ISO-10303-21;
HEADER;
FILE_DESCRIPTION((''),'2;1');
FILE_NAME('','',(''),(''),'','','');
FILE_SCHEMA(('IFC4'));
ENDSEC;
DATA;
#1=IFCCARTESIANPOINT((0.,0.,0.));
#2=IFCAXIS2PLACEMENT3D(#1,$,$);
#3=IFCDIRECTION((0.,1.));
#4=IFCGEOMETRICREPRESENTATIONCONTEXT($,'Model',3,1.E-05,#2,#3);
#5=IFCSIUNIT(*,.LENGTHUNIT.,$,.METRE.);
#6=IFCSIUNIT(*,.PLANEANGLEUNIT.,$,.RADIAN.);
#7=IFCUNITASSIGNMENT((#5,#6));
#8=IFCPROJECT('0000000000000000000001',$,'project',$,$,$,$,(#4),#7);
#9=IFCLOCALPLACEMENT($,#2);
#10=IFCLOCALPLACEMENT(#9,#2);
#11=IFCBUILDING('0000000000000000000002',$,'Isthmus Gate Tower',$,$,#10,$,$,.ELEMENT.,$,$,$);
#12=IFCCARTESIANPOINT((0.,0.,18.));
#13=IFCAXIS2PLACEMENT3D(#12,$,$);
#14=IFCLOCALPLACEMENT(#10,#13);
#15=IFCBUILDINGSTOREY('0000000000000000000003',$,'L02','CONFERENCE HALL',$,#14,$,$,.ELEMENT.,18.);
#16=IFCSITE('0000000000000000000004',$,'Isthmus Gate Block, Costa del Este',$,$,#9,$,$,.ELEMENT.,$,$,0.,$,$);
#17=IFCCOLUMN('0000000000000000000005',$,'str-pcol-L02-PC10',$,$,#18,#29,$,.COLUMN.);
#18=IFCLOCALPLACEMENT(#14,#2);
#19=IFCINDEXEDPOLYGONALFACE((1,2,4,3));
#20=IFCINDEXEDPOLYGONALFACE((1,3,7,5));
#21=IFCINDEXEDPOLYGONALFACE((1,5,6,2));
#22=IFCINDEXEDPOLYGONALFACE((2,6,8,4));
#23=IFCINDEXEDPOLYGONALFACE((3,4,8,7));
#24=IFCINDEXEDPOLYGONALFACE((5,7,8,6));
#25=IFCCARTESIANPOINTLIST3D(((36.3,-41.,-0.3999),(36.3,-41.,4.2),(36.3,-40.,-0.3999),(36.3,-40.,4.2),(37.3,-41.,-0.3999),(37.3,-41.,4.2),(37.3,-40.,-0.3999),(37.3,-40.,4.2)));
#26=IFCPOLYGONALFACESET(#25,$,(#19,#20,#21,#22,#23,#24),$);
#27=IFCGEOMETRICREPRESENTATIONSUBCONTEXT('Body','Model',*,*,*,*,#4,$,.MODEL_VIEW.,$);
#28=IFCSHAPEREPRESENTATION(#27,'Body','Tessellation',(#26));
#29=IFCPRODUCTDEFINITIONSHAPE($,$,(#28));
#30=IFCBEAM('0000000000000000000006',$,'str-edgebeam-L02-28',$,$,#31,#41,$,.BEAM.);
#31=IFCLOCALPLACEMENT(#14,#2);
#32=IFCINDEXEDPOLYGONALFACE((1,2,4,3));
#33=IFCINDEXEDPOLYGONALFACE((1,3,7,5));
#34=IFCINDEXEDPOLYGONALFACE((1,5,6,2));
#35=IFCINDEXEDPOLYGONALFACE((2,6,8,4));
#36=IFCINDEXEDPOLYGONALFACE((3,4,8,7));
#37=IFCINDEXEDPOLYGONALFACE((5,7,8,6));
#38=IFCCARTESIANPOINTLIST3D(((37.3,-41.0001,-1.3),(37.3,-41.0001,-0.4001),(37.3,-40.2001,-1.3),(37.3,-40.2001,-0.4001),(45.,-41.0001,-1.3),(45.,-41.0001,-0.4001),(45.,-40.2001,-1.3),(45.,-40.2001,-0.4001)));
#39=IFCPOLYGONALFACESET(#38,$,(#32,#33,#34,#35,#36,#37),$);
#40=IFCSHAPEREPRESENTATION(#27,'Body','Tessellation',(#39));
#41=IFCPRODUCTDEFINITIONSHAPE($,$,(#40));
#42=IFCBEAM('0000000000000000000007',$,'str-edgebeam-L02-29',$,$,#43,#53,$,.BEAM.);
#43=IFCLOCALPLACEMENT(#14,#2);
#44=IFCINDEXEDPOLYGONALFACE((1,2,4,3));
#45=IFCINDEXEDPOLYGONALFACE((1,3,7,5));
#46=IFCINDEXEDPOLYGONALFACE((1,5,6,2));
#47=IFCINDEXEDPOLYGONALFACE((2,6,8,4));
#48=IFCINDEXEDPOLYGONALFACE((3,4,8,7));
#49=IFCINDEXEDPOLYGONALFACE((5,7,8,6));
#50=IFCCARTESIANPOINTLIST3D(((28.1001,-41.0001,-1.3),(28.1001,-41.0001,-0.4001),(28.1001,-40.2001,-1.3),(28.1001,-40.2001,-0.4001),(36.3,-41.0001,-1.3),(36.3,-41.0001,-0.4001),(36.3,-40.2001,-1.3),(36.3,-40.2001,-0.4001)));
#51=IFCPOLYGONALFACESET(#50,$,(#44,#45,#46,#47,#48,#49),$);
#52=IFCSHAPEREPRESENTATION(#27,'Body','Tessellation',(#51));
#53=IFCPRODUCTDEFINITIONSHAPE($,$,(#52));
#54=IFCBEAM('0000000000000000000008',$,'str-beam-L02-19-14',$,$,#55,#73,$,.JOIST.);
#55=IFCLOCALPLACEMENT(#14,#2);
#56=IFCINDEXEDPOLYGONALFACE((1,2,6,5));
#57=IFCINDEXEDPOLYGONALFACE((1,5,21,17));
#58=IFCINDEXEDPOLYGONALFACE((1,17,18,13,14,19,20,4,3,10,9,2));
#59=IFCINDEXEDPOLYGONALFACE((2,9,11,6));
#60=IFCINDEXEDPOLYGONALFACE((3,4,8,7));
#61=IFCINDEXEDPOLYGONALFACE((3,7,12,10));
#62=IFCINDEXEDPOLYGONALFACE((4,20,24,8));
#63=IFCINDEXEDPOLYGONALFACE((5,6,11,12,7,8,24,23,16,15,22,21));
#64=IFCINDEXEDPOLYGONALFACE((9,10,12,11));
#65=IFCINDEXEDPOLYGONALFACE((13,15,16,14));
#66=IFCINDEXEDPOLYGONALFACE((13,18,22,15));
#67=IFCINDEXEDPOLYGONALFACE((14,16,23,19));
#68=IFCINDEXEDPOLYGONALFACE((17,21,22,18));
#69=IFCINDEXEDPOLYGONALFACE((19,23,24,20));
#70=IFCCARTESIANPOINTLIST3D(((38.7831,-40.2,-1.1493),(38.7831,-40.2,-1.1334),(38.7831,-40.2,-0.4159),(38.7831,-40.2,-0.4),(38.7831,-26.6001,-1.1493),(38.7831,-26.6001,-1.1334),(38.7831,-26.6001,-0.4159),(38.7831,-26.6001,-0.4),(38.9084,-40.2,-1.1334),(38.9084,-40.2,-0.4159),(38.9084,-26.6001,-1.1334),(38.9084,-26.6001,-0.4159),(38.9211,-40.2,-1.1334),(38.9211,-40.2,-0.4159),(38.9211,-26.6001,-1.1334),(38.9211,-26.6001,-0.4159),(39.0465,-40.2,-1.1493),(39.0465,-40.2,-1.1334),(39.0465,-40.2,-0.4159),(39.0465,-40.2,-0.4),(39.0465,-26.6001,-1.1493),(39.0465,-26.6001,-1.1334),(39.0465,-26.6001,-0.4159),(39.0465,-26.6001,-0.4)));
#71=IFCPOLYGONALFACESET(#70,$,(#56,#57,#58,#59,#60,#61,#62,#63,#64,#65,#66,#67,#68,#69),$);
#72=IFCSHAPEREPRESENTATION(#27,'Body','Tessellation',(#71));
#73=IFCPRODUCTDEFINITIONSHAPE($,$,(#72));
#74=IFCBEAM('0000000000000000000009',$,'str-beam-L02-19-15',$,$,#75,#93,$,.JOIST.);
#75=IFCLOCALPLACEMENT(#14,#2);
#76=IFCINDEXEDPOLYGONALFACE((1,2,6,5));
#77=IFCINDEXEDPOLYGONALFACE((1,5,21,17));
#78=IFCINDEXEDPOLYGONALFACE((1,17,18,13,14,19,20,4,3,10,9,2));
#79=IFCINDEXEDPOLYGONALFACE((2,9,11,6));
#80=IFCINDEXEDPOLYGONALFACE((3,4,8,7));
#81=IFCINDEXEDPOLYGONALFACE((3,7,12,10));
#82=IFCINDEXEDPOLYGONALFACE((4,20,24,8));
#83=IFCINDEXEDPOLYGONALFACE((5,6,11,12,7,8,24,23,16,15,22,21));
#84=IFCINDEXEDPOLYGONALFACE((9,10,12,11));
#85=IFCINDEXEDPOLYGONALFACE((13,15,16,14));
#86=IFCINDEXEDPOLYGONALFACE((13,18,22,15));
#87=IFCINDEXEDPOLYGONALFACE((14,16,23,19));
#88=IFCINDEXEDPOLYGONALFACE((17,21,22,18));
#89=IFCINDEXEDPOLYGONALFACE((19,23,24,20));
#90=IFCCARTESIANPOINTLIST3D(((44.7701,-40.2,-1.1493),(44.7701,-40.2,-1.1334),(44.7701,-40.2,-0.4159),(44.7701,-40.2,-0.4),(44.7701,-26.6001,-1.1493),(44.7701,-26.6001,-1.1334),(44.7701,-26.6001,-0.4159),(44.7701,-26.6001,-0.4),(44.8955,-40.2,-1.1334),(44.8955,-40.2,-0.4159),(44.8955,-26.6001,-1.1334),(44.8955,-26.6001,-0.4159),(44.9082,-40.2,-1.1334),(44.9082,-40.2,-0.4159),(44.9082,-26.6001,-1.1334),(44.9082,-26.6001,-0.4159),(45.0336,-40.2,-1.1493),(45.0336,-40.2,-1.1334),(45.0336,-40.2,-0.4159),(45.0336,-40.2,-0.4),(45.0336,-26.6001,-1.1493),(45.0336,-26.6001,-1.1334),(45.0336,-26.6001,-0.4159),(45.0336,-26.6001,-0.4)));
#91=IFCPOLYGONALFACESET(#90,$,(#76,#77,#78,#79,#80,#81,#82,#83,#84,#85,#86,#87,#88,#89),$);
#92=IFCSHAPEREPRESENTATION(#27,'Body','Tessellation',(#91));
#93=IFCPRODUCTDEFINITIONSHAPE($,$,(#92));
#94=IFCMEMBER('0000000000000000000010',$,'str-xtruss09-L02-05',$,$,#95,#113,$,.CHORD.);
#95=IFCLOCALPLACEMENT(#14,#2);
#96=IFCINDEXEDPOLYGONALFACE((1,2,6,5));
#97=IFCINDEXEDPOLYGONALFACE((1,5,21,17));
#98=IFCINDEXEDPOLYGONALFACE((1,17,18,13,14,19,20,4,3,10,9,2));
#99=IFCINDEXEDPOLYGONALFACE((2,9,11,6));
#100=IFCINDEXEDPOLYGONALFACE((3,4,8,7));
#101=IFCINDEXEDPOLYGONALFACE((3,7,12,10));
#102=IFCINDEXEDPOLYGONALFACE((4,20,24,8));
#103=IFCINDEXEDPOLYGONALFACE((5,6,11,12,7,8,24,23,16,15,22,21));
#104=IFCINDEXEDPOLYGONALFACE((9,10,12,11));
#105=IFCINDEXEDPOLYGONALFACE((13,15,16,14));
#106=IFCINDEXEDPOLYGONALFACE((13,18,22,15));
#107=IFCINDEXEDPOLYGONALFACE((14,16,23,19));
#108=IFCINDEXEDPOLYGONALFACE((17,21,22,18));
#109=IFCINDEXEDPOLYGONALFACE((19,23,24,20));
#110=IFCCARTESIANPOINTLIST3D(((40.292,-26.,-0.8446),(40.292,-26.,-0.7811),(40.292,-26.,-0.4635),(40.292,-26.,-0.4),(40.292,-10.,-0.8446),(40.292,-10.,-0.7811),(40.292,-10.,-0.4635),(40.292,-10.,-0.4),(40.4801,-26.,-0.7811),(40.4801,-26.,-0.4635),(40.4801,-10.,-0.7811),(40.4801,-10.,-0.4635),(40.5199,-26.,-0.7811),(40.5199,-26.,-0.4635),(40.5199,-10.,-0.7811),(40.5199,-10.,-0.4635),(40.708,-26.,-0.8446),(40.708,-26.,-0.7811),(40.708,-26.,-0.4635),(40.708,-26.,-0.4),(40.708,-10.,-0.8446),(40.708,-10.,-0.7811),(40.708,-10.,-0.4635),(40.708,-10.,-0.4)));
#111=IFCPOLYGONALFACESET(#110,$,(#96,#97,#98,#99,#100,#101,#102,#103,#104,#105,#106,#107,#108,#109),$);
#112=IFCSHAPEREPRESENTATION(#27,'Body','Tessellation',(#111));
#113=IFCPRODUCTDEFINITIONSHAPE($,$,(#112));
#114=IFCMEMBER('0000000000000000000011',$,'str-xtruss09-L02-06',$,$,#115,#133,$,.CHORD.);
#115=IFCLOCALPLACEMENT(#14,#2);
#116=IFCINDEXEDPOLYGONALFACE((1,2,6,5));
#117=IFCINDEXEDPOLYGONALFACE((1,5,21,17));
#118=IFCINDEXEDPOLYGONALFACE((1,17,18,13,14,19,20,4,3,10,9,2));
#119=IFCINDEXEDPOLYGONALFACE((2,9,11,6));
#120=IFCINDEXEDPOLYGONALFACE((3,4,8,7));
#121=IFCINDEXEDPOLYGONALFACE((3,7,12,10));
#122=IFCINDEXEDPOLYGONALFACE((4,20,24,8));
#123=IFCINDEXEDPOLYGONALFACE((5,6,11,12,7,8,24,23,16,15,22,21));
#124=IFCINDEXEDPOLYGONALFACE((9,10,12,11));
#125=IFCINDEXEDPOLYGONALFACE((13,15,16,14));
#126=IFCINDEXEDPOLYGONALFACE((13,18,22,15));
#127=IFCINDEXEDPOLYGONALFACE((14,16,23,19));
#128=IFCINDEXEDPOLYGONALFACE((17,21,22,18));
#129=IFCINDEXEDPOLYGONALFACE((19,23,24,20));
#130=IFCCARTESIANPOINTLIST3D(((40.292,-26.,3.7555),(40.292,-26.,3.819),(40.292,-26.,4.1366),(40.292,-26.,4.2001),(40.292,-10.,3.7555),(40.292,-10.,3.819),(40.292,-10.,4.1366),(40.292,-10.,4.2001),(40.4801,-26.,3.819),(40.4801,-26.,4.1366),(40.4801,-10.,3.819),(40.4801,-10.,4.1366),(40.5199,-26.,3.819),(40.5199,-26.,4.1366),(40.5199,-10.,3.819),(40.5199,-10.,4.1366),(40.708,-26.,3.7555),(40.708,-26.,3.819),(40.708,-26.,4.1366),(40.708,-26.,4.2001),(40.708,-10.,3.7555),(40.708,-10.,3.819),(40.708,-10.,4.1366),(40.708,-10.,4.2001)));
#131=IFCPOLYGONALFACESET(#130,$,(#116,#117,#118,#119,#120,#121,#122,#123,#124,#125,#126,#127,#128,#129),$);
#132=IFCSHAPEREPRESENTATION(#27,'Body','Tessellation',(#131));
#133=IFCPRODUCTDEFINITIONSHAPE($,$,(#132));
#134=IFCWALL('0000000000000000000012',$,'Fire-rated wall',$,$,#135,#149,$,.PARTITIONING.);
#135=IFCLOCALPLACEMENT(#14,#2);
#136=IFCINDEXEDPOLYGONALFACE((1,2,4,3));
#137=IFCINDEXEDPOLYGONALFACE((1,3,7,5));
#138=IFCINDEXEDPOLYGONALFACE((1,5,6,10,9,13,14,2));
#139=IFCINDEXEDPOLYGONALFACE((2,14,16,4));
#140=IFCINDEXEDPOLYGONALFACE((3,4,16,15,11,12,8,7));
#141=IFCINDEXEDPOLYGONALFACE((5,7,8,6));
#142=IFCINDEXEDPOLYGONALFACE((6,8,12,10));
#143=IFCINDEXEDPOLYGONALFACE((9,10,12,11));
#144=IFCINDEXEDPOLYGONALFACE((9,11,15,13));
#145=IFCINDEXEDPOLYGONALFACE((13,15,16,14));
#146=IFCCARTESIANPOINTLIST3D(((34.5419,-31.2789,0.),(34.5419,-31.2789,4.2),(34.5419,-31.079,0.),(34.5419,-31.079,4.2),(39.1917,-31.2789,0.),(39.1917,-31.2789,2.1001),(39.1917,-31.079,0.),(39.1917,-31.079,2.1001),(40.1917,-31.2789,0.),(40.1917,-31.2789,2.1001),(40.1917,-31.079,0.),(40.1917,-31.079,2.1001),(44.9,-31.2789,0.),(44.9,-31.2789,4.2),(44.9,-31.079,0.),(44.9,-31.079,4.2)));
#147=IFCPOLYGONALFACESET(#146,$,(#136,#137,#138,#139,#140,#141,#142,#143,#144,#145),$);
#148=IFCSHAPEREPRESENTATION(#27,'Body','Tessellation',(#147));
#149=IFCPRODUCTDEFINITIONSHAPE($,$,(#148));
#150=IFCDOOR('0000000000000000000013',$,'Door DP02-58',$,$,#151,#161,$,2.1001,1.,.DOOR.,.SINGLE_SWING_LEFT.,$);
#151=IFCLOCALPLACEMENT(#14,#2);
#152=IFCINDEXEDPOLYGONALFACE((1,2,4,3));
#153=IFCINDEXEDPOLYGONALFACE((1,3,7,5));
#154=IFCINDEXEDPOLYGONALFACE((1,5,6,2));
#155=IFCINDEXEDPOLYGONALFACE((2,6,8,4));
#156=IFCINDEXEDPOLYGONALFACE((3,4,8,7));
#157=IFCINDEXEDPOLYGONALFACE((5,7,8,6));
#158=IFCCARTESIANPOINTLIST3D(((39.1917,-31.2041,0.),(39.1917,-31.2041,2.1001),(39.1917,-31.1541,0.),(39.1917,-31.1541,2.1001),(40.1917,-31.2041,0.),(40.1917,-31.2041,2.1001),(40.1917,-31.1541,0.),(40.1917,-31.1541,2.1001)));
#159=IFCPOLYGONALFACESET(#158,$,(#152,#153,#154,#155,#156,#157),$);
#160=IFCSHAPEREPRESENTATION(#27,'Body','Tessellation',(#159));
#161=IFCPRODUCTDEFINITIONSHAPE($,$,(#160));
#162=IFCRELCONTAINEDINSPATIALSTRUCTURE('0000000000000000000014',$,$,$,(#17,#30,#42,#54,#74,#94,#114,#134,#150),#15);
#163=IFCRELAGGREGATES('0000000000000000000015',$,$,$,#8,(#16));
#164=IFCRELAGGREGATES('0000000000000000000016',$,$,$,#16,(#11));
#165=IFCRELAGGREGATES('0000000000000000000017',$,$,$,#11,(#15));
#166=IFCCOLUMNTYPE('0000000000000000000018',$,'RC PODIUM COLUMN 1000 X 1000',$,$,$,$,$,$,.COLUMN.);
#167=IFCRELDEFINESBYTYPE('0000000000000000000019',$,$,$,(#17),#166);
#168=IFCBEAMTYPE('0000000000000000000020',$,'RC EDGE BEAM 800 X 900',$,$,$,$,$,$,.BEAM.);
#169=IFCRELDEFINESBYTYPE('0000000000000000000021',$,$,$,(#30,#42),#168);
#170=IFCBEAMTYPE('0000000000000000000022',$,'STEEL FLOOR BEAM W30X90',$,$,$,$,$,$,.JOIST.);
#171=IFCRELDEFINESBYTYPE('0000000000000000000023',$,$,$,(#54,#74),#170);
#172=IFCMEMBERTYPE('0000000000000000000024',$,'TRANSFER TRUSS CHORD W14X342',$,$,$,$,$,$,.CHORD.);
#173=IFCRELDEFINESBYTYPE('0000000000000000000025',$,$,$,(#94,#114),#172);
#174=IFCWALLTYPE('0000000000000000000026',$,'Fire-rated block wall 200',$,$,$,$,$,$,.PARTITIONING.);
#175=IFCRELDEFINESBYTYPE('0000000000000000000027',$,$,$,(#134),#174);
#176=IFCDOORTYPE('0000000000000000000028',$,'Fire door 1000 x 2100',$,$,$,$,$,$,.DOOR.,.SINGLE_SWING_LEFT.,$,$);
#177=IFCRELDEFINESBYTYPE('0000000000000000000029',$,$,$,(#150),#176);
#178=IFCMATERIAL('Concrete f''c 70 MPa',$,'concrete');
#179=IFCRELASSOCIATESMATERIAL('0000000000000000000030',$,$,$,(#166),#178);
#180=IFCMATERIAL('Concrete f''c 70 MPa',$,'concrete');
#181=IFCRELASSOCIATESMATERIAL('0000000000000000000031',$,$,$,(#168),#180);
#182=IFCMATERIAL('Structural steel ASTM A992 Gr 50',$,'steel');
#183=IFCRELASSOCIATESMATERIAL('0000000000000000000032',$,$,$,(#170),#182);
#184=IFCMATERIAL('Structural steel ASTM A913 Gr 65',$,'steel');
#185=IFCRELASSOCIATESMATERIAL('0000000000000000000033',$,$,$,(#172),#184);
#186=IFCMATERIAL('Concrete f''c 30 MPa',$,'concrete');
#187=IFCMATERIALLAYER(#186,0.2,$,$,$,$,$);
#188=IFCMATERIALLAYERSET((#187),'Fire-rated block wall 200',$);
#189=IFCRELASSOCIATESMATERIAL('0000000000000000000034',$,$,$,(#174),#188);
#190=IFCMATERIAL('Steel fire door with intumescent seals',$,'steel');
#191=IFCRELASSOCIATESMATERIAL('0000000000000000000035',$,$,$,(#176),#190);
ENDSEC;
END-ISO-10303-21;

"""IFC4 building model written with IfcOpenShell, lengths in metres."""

from ifc_helpers import new_model, si_unit, direction, frame, frame_2d, origin, origin_2d, place, context, subcontext, project, spatial, rectangle, i_section, extrude, material, layer, layer_set, material_profile, profile_set, type_object, element, fill, save


model = new_model("IFC4")

# Units and contexts
model_context = context("Model", 3, precision=1e-05, world=origin(), true_north=direction((0.0, 1.0)))
body_context = subcontext(model_context, "Body", "Model", "MODEL_VIEW")
ifc_project = project(units=[si_unit("LENGTHUNIT", "METRE"), si_unit("PLANEANGLEUNIT", "RADIAN")], contexts=[model_context])

# Site, building, storey
site_placement = place(None, origin())
site = spatial("IfcSite", under=ifc_project, at=site_placement, Name="Isthmus Gate Block, Costa del Este", CompositionType="ELEMENT", RefElevation=0.0)
building_placement = place(site_placement, origin())
building = spatial("IfcBuilding", under=site, at=building_placement, Name="Isthmus Gate Tower", CompositionType="ELEMENT")
storey_placement = place(building_placement, frame((0.0, 0.0, 18.0)))
storey = spatial("IfcBuildingStorey", under=building, at=storey_placement, Name="L02", Description="CONFERENCE HALL", CompositionType="ELEMENT", Elevation=18.0)

# Column
ifc_material_1 = material(Name="Concrete f'c 70 MPa", Category="concrete")
ifc_material_profile_1 = material_profile(ifc_material_1, rectangle(XDim=1.0, YDim=1.0, at=origin_2d()), Name="RC 1000X1000")
ifc_profile_set_1 = profile_set([ifc_material_profile_1], Name="Concrete f'c 70 MPa")
column_type = type_object("IfcColumnType", Name="RC PODIUM COLUMN 1000 X 1000", PredefinedType="COLUMN", material=ifc_profile_set_1)
column_placement = place(storey_placement, frame((36.8, -40.5, -0.3999), z_axis=(0.0, 0.0, 1.0), x_axis=(1.0, 0.0, 0.0)))
element("IfcColumn", 1, at=column_placement, inside=storey, type_object=column_type, Name="str-pcol-L02-PC10", PredefinedType="COLUMN", context=body_context, shape_type="SweptSolid", body=[
    extrude(rectangle(XDim=1.0, YDim=1.0, at=origin_2d()), origin(), (0.0, 0.0, 1.0), 4.5999),
])

# Beams
ifc_material_2 = material(Name="Concrete f'c 70 MPa", Category="concrete")
ifc_material_profile_2 = material_profile(ifc_material_2, rectangle(XDim=0.8, YDim=0.8999, at=origin_2d()), Name="RC 800X900")
ifc_profile_set_2 = profile_set([ifc_material_profile_2], Name="Concrete f'c 70 MPa")
beam_type_1 = type_object("IfcBeamType", Name="RC EDGE BEAM 800 X 900", PredefinedType="BEAM", material=ifc_profile_set_2)
beam_1_placement = place(storey_placement, frame((45.0, -40.6001, -0.8501), z_axis=(-1.0, 0.0, 0.0), x_axis=(0.0, -1.0, 0.0)))
element("IfcBeam", 2, at=beam_1_placement, inside=storey, type_object=beam_type_1, Name="str-edgebeam-L02-28", PredefinedType="BEAM", context=body_context, shape_type="SweptSolid", body=[
    extrude(rectangle(XDim=0.8, YDim=0.8999, at=origin_2d()), origin(), (0.0, 0.0, 1.0), 7.7),
])
beam_2_placement = place(storey_placement, frame((36.3, -40.6001, -0.8501), z_axis=(-1.0, 0.0, 0.0), x_axis=(0.0, -1.0, 0.0)))
element("IfcBeam", 3, at=beam_2_placement, inside=storey, type_object=beam_type_1, Name="str-edgebeam-L02-29", PredefinedType="BEAM", context=body_context, shape_type="SweptSolid", body=[
    extrude(rectangle(XDim=0.8, YDim=0.8999, at=origin_2d()), origin(), (0.0, 0.0, 1.0), 8.2),
])
ifc_material_3 = material(Name="Structural steel ASTM A992 Gr 50", Category="steel")
ifc_material_profile_3 = material_profile(ifc_material_3, i_section(OverallWidth=0.2634, OverallDepth=0.7493, WebThickness=0.0127, FlangeThickness=0.0159, at=origin_2d()), Name="W30X90")
ifc_profile_set_3 = profile_set([ifc_material_profile_3], Name="Structural steel ASTM A992 Gr 50")
beam_type_2 = type_object("IfcBeamType", Name="STEEL FLOOR BEAM W30X90", PredefinedType="JOIST", material=ifc_profile_set_3)
for number, where, z_axis, x_axis, name in (
    (4, (38.9148, -40.2, -0.7747), (0.0, 1.0, 0.0), (-1.0, 0.0, 0.0), "str-beam-L02-19-14"),
    (5, (44.9019, -40.2, -0.7747), (0.0, 1.0, 0.0), (-1.0, 0.0, 0.0), "str-beam-L02-19-15"),
):
    element("IfcBeam", number, at=place(storey_placement, frame(where, z_axis=z_axis, x_axis=x_axis)), inside=storey, type_object=beam_type_2, Name=name, PredefinedType="JOIST", context=body_context, shape_type="SweptSolid", body=[
        extrude(i_section(OverallWidth=0.2634, OverallDepth=0.7493, WebThickness=0.0127, FlangeThickness=0.0159, at=origin_2d()), origin(), (0.0, 0.0, 1.0), 13.5999),
    ])

# Members
ifc_material_4 = material(Name="Structural steel ASTM A913 Gr 65", Category="steel")
ifc_material_profile_4 = material_profile(ifc_material_4, i_section(OverallWidth=0.416, OverallDepth=0.4446, WebThickness=0.0398, FlangeThickness=0.0635, at=origin_2d()), Name="W14X342")
ifc_profile_set_4 = profile_set([ifc_material_profile_4], Name="Structural steel ASTM A913 Gr 65")
member_type = type_object("IfcMemberType", Name="TRANSFER TRUSS CHORD W14X342", PredefinedType="CHORD", material=ifc_profile_set_4)
for number, where, z_axis, x_axis, name in (
    (6, (40.5, -26.0, -0.6223), (0.0, 1.0, 0.0), (-1.0, 0.0, 0.0), "str-xtruss09-L02-05"),
    (7, (40.5, -26.0, 3.9778), (0.0, 1.0, 0.0), (-1.0, 0.0, 0.0), "str-xtruss09-L02-06"),
):
    element("IfcMember", number, at=place(storey_placement, frame(where, z_axis=z_axis, x_axis=x_axis)), inside=storey, type_object=member_type, Name=name, PredefinedType="CHORD", context=body_context, shape_type="SweptSolid", body=[
        extrude(i_section(OverallWidth=0.416, OverallDepth=0.4446, WebThickness=0.0398, FlangeThickness=0.0635, at=origin_2d()), origin(), (0.0, 0.0, 1.0), 16.0),
    ])

# Wall, opening, door
ifc_material_5 = material(Name="Concrete f'c 30 MPa", Category="concrete")
ifc_layer_1 = layer(ifc_material_5, 0.2)
ifc_layer_set_1 = layer_set([ifc_layer_1], Name="Fire-rated block wall 200")
wall_type_1 = type_object("IfcWallType", Name="Fire-rated block wall 200", PredefinedType="PARTITIONING", material=ifc_layer_set_1)
wall_1_placement = place(storey_placement, frame((34.5417, -31.179, 0.0), z_axis=(0.0, 0.0, 1.0), x_axis=(1.0, 0.0, 0.0)))
wall_1 = element("IfcWall", 8, at=wall_1_placement, inside=storey, type_object=wall_type_1, Name="Fire-rated wall", PredefinedType="PARTITIONING", context=body_context, shape_type="SweptSolid", body=[
    extrude(rectangle(XDim=10.3582, YDim=0.2, at=frame_2d((5.1792, 0.0))), origin(), (0.0, 0.0, 1.0), 4.2),
])
opening_1_placement = place(wall_1_placement, frame((4.6499, 0.0, 0.0)))
opening_1 = element("IfcOpeningElement", 9, at=opening_1_placement, cuts=wall_1, PredefinedType="OPENING", context=body_context, shape_type="SweptSolid", body=[
    extrude(rectangle(XDim=1.0, YDim=2.1001, at=frame_2d((0.5, 1.05))), frame((0.0, 0.1099, 0.0), z_axis=(0.0, -1.0, 0.0), x_axis=(1.0, 0.0, 0.0)), (0.0, 0.0, 1.0), 0.22),
])
ifc_material_6 = material(Name="Steel fire door with intumescent seals", Category="steel")
door_type = type_object("IfcDoorType", Name="Fire door 1000 x 2100", OperationType="SINGLE_SWING_LEFT", PredefinedType="DOOR", material=ifc_material_6)
door_1_placement = place(opening_1_placement, origin())
door_1 = element("IfcDoor", 10, at=door_1_placement, inside=storey, type_object=door_type, Name="Door DP02-58", OperationType="SINGLE_SWING_LEFT", OverallHeight=2.1001, OverallWidth=1.0, PredefinedType="DOOR", context=body_context, shape_type="SweptSolid", body=[
    extrude(rectangle(XDim=1.0, YDim=2.1001, at=frame_2d((0.5, 1.05))), frame((0.0, 0.0249, 0.0), z_axis=(0.0, -1.0, 0.0), x_axis=(1.0, 0.0, 0.0)), (0.0, 0.0, 1.0), 0.05),
])
fill(opening_1, door_1)

save(model, "model.ifc")
